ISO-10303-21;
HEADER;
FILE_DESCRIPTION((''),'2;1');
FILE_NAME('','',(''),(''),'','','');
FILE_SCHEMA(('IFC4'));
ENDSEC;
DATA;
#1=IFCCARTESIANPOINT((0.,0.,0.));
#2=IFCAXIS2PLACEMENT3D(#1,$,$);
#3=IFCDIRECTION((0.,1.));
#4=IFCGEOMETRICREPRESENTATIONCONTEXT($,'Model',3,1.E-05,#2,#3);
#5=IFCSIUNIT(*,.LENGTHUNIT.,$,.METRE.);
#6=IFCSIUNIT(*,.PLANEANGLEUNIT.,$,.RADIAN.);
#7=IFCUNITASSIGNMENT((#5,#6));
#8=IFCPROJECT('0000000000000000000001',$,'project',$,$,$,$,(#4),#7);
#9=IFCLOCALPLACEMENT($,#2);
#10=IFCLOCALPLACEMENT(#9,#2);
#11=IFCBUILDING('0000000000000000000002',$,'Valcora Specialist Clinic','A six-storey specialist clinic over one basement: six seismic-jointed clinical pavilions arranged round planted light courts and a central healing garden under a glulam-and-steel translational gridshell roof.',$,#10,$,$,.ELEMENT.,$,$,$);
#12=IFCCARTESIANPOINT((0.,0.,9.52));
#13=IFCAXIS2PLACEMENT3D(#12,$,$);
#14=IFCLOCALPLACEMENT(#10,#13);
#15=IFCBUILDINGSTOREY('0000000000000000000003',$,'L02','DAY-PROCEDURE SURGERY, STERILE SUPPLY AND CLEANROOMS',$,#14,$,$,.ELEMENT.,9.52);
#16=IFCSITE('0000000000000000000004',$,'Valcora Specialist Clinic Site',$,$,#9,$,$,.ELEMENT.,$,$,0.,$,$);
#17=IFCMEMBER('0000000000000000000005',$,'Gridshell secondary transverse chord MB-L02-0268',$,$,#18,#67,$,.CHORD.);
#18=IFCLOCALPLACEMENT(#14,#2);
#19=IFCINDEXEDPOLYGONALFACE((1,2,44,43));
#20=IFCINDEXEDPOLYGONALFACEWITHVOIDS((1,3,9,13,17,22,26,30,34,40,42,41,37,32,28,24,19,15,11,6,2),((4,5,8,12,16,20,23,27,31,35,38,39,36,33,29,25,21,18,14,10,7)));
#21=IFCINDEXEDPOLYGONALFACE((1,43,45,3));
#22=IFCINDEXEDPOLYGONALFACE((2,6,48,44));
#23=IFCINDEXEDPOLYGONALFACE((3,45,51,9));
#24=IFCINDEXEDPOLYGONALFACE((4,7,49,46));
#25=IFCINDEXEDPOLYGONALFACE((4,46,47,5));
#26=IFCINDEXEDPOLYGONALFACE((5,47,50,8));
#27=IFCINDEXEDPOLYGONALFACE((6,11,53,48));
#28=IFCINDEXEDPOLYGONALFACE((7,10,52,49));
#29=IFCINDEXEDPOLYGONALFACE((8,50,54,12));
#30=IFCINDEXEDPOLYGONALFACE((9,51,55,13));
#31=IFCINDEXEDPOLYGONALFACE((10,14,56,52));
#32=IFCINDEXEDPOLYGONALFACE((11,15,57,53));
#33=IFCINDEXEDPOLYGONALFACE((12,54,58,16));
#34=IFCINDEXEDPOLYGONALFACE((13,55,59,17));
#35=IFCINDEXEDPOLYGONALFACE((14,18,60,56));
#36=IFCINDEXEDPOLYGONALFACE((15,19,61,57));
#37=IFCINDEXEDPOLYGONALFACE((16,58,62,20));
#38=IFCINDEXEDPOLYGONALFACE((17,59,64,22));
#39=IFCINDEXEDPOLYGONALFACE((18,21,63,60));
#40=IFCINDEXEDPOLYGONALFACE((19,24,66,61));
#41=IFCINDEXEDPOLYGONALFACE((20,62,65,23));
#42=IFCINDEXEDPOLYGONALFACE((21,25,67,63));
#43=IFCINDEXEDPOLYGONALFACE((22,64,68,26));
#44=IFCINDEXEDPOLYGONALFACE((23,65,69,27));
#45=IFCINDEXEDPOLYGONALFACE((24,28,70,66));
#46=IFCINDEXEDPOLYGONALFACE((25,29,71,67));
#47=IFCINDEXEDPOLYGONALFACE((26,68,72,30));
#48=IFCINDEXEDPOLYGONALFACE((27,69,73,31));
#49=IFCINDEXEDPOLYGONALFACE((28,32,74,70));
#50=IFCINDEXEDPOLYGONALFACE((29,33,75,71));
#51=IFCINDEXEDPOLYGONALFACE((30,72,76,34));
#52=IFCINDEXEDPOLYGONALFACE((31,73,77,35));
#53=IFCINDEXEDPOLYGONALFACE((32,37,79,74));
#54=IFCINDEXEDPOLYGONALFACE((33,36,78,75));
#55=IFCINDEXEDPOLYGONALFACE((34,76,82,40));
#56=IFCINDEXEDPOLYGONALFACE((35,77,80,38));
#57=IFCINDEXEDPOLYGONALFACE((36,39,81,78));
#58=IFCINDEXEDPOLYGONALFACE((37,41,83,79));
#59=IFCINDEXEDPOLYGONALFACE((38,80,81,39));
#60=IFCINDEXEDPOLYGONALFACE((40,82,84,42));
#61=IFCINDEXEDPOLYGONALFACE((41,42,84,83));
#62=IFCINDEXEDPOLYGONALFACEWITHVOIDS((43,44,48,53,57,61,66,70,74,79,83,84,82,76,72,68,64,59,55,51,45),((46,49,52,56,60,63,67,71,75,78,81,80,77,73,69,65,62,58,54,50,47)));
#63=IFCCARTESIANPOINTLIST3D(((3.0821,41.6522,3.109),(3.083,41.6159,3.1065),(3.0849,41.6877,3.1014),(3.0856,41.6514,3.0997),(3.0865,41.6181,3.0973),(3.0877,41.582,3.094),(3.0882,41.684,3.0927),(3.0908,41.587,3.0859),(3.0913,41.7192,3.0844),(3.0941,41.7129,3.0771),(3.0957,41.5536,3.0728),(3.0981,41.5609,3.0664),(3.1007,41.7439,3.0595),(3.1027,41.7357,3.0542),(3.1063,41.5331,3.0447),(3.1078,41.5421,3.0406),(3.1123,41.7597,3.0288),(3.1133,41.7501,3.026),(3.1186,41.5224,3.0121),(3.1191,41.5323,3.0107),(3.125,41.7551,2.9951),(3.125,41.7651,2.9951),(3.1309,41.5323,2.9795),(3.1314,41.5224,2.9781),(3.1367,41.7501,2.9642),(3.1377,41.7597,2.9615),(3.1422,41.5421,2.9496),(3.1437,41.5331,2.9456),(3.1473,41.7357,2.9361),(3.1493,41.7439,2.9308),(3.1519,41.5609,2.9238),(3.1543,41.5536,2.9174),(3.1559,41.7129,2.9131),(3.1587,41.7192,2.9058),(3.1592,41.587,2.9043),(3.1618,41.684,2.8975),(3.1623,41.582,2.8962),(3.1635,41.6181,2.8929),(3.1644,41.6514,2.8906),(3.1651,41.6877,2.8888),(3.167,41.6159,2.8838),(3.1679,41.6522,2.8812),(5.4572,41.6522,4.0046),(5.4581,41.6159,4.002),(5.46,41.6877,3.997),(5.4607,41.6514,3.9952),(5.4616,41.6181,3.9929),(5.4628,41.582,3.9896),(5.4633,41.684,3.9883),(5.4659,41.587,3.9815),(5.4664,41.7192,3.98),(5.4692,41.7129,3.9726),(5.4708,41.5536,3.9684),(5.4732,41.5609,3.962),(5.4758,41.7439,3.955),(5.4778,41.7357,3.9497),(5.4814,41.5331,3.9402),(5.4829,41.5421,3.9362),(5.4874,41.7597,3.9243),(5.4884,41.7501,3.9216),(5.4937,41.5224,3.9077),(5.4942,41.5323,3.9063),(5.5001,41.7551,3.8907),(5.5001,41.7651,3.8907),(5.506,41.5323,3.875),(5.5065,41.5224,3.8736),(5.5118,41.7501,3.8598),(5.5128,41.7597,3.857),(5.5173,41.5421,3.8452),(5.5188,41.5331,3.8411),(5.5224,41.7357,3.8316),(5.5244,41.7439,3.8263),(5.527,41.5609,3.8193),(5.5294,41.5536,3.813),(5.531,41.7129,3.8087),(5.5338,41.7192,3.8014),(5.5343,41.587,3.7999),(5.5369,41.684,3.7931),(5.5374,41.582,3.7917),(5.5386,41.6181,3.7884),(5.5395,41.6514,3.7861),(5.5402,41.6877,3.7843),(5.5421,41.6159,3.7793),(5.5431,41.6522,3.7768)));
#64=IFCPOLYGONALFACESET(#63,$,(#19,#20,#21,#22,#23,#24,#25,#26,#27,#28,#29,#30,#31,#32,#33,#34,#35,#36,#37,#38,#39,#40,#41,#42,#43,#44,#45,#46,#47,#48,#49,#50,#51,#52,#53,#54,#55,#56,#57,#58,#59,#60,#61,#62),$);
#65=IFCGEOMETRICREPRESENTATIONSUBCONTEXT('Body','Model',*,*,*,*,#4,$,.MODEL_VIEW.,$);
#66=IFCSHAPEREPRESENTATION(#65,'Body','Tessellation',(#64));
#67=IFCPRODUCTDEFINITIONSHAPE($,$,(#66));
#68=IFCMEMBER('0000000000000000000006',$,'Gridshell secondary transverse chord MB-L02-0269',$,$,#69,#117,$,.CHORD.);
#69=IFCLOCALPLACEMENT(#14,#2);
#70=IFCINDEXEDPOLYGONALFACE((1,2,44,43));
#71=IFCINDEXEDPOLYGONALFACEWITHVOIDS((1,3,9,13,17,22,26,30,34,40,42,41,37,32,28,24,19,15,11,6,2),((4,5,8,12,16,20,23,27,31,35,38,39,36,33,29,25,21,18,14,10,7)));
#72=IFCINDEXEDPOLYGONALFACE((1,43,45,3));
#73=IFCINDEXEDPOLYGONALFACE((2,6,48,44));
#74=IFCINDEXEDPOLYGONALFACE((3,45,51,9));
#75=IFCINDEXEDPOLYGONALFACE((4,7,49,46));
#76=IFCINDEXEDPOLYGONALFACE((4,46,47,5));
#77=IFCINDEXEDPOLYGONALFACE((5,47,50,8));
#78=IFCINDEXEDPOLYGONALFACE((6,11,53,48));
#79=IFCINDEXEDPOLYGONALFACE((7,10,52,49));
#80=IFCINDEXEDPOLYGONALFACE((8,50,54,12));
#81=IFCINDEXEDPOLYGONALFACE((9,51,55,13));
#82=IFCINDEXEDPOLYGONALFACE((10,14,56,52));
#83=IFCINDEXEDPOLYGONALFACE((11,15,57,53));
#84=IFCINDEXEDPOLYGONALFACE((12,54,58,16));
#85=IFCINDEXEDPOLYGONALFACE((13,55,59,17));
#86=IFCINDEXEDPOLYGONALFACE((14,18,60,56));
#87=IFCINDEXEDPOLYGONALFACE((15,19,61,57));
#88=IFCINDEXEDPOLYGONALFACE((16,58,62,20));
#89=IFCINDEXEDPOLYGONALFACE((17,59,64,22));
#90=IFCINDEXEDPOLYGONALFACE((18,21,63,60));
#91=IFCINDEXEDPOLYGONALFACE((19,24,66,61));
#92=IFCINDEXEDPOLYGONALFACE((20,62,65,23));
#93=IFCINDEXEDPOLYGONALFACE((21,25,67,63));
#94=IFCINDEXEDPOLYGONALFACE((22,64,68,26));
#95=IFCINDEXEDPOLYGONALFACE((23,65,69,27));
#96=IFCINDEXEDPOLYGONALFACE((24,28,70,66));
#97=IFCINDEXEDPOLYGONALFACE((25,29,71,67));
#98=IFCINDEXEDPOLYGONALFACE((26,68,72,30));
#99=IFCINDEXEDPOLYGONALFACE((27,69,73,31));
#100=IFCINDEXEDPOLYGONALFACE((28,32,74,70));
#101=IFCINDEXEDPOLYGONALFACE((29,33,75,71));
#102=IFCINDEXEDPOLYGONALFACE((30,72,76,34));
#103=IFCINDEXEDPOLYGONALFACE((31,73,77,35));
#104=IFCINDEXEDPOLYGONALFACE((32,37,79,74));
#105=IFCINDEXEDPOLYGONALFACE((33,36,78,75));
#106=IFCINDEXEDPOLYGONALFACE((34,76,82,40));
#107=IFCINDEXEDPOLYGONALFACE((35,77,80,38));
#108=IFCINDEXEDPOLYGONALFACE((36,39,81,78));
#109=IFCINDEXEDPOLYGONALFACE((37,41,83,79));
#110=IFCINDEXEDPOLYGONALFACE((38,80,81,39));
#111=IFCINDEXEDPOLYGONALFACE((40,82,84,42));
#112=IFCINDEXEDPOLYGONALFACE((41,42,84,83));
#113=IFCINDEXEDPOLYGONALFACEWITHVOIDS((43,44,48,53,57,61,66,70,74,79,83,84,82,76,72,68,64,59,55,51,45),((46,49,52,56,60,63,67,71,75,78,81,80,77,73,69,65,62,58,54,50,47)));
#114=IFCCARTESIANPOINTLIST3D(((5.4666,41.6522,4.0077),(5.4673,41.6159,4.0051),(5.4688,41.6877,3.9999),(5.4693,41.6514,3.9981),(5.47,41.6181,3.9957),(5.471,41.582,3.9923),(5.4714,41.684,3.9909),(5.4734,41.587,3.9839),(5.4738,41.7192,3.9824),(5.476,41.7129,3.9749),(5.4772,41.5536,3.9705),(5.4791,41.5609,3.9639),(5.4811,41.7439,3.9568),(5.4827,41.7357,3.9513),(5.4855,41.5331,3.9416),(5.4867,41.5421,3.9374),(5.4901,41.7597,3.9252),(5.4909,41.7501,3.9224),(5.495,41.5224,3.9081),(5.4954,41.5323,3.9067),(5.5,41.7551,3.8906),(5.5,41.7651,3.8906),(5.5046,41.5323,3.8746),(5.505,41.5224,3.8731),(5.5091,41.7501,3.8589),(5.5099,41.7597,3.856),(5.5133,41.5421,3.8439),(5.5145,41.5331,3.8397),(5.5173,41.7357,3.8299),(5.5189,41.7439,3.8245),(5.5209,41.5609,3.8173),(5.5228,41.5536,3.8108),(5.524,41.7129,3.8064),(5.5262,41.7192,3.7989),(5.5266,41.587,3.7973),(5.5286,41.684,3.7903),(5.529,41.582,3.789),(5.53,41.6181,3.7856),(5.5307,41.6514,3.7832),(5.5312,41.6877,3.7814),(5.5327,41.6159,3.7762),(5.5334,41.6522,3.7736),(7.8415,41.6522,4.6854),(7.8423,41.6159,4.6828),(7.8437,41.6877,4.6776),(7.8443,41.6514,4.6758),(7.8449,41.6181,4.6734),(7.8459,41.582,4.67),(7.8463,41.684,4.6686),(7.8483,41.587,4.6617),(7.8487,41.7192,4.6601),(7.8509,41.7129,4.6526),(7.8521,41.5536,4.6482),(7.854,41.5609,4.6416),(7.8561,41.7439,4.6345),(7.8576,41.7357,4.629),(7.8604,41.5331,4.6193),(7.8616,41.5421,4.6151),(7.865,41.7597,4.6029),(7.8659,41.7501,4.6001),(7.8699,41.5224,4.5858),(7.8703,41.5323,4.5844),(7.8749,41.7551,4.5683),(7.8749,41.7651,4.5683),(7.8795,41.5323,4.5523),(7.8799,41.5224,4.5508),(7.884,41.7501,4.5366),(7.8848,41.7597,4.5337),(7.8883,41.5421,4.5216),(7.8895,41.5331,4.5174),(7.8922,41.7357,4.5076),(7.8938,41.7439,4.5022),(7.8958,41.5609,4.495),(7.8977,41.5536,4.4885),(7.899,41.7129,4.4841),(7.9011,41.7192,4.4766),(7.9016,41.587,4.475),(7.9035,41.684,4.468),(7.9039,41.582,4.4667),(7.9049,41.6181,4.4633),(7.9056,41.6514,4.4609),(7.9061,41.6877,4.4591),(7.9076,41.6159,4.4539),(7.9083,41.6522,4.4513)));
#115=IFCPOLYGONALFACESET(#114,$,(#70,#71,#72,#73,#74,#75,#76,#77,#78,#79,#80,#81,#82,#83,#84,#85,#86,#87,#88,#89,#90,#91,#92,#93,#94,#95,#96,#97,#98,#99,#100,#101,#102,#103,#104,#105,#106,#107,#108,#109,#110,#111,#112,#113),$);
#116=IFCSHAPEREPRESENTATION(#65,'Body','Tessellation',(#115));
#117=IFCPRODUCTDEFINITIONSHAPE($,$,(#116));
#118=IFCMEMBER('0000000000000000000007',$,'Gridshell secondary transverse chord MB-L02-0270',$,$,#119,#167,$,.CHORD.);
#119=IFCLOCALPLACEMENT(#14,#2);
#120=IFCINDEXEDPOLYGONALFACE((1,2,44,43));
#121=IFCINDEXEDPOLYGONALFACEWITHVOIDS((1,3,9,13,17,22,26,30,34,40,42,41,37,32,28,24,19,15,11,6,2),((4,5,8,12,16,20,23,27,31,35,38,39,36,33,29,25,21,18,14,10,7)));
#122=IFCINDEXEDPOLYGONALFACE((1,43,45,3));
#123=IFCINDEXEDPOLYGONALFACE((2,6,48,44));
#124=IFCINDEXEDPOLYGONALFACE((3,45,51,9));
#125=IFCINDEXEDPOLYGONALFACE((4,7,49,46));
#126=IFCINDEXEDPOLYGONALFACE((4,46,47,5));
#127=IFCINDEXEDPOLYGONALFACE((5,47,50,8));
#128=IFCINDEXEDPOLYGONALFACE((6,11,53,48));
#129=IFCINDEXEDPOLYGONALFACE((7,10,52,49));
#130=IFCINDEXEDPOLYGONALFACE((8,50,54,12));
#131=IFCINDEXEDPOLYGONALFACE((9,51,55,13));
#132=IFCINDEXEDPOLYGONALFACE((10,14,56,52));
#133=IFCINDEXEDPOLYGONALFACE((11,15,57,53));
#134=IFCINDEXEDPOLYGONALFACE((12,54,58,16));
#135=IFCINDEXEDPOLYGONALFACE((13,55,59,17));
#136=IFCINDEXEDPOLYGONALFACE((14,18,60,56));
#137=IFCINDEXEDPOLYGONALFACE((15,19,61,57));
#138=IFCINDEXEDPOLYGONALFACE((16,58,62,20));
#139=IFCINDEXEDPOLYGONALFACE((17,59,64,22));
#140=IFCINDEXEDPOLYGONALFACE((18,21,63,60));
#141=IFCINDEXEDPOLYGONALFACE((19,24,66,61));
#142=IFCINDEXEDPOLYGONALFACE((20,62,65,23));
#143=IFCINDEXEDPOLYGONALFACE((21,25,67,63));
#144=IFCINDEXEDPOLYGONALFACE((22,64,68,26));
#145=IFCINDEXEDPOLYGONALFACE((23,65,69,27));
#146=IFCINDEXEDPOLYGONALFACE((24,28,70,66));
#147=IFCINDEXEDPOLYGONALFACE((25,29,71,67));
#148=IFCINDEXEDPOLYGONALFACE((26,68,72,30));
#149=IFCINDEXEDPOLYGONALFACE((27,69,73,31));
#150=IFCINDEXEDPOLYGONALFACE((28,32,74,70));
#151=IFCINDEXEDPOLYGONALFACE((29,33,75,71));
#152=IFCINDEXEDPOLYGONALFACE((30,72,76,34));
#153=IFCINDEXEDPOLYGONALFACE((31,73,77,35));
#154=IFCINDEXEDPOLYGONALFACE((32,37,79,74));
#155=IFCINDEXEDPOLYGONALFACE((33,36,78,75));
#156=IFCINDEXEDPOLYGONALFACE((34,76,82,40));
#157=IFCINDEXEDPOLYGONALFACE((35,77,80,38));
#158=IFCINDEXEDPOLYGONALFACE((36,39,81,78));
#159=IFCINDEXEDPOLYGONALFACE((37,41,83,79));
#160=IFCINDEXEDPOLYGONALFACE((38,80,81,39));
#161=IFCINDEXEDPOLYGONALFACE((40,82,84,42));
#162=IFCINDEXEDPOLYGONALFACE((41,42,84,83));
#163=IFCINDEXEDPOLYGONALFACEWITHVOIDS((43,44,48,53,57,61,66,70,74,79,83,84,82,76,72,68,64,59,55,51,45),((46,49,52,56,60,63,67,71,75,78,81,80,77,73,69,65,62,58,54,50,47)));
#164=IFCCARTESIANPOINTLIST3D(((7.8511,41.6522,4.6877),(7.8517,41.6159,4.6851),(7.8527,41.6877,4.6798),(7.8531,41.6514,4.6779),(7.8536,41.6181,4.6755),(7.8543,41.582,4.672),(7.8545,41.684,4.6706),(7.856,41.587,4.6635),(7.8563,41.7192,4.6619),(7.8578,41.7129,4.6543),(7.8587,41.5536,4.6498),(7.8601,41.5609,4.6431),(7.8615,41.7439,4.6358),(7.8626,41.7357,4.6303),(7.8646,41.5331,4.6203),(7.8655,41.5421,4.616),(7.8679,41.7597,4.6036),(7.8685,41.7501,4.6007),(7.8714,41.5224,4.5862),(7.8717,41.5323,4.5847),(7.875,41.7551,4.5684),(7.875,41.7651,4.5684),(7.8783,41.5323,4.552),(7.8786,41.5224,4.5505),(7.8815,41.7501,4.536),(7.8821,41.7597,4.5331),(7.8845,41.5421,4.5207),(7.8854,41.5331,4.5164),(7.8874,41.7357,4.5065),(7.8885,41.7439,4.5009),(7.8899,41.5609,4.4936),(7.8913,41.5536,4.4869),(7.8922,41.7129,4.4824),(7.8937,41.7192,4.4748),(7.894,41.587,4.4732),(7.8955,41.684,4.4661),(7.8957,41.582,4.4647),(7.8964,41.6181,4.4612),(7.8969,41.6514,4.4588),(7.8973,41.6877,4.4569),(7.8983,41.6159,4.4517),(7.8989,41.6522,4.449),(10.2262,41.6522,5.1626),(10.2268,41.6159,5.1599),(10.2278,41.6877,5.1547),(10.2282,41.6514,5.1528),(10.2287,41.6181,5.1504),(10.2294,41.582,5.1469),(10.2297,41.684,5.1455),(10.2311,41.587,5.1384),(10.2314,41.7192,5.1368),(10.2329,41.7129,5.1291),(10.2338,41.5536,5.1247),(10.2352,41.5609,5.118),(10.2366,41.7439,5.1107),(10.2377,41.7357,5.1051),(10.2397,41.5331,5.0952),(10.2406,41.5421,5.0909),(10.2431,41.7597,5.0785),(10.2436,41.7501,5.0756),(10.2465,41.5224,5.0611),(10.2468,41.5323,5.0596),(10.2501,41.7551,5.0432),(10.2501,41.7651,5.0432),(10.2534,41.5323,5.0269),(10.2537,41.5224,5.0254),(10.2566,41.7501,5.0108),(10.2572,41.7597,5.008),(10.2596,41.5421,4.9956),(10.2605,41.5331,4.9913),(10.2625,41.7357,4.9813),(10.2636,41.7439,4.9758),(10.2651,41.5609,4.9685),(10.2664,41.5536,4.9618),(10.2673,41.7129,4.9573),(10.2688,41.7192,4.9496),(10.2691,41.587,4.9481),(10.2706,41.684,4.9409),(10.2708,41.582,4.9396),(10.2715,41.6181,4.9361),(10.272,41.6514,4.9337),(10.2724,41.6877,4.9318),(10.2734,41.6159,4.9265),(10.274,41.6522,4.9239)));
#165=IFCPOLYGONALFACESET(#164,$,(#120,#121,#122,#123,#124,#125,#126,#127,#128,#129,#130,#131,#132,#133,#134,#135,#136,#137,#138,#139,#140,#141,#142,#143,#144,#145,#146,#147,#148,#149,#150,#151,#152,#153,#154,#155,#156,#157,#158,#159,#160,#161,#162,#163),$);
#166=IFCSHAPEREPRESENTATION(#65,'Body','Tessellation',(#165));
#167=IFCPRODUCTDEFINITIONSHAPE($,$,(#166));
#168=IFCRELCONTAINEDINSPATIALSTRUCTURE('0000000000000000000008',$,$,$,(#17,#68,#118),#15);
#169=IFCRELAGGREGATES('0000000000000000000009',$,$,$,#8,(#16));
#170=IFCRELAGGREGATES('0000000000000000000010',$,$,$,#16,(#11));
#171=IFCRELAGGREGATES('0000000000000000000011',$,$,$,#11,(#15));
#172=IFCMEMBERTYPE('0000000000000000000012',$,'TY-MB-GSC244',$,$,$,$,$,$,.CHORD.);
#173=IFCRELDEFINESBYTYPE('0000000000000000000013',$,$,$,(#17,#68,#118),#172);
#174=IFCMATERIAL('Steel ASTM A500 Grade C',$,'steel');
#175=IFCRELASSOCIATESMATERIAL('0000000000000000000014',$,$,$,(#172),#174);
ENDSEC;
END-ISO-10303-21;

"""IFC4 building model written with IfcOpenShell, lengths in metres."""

from ifc_helpers import new_model, si_unit, direction, frame, origin, origin_2d, place, context, subcontext, project, spatial, hollow_circle, extrude, material, material_profile, profile_set, type_object, element, save


model = new_model("IFC4")

# Units and contexts
model_context = context("Model", 3, precision=1e-05, world=origin(), true_north=direction((0.0, 1.0)))
body_context = subcontext(model_context, "Body", "Model", "MODEL_VIEW")
ifc_project = project(units=[si_unit("LENGTHUNIT", "METRE"), si_unit("PLANEANGLEUNIT", "RADIAN")], contexts=[model_context])

# Site, building, storey
site_placement = place(None, origin())
site = spatial("IfcSite", under=ifc_project, at=site_placement, Name="Valcora Specialist Clinic Site", CompositionType="ELEMENT", RefElevation=0.0)
building_placement = place(site_placement, origin())
building = spatial("IfcBuilding", under=site, at=building_placement, Name="Valcora Specialist Clinic", Description="A six-storey specialist clinic over one basement: six seismic-jointed clinical pavilions arranged round planted light courts and a central healing garden under a glulam-and-steel translational gridshell roof.", CompositionType="ELEMENT")
storey_placement = place(building_placement, frame((0.0, 0.0, 9.52)))
storey = spatial("IfcBuildingStorey", under=building, at=storey_placement, Name="L02", Description="DAY-PROCEDURE SURGERY, STERILE SUPPLY AND CLEANROOMS", CompositionType="ELEMENT", Elevation=9.52)

# Members
ifc_material_1 = material(Name="Steel ASTM A500 Grade C", Category="steel")
ifc_material_profile_1 = material_profile(ifc_material_1, hollow_circle(Radius=0.1221, WallThickness=0.01, at=origin_2d()), Name="ST-CHS-244X10")
ifc_profile_set_1 = profile_set([ifc_material_profile_1], Name="Steel ASTM A500 Grade C")
member_type_1 = type_object("IfcMemberType", Name="TY-MB-GSC244", PredefinedType="CHORD", material=ifc_profile_set_1)
member_1_placement = place(storey_placement, frame((3.125, 41.6431, 2.9951), z_axis=(0.935695, 0.0, 0.352809), x_axis=(0.0, 1.0, 0.0)))
element("IfcMember", 1, at=member_1_placement, inside=storey, type_object=member_type_1, Name="Gridshell secondary transverse chord MB-L02-0268", PredefinedType="CHORD", context=body_context, shape_type="SweptSolid", body=[
    extrude(hollow_circle(Radius=0.1221, WallThickness=0.01, at=origin_2d()), origin(), (0.0, 0.0, 1.0), 2.5383),
])
member_2_placement = place(storey_placement, frame((5.5, 41.6431, 3.8906), z_axis=(0.961613, 0.0, 0.274408), x_axis=(0.0, 1.0, 0.0)))
element("IfcMember", 2, at=member_2_placement, inside=storey, type_object=member_type_1, Name="Gridshell secondary transverse chord MB-L02-0269", PredefinedType="CHORD", context=body_context, shape_type="SweptSolid", body=[
    extrude(hollow_circle(Radius=0.1221, WallThickness=0.01, at=origin_2d()), origin(), (0.0, 0.0, 1.0), 2.4697),
])
member_3_placement = place(storey_placement, frame((7.875, 41.6431, 4.5684), z_axis=(0.980592, 0.0, 0.196058), x_axis=(0.0, 1.0, 0.0)))
element("IfcMember", 3, at=member_3_placement, inside=storey, type_object=member_type_1, Name="Gridshell secondary transverse chord MB-L02-0270", PredefinedType="CHORD", context=body_context, shape_type="SweptSolid", body=[
    extrude(hollow_circle(Radius=0.1221, WallThickness=0.01, at=origin_2d()), origin(), (0.0, 0.0, 1.0), 2.4221),
])

save(model, "model.ifc")
